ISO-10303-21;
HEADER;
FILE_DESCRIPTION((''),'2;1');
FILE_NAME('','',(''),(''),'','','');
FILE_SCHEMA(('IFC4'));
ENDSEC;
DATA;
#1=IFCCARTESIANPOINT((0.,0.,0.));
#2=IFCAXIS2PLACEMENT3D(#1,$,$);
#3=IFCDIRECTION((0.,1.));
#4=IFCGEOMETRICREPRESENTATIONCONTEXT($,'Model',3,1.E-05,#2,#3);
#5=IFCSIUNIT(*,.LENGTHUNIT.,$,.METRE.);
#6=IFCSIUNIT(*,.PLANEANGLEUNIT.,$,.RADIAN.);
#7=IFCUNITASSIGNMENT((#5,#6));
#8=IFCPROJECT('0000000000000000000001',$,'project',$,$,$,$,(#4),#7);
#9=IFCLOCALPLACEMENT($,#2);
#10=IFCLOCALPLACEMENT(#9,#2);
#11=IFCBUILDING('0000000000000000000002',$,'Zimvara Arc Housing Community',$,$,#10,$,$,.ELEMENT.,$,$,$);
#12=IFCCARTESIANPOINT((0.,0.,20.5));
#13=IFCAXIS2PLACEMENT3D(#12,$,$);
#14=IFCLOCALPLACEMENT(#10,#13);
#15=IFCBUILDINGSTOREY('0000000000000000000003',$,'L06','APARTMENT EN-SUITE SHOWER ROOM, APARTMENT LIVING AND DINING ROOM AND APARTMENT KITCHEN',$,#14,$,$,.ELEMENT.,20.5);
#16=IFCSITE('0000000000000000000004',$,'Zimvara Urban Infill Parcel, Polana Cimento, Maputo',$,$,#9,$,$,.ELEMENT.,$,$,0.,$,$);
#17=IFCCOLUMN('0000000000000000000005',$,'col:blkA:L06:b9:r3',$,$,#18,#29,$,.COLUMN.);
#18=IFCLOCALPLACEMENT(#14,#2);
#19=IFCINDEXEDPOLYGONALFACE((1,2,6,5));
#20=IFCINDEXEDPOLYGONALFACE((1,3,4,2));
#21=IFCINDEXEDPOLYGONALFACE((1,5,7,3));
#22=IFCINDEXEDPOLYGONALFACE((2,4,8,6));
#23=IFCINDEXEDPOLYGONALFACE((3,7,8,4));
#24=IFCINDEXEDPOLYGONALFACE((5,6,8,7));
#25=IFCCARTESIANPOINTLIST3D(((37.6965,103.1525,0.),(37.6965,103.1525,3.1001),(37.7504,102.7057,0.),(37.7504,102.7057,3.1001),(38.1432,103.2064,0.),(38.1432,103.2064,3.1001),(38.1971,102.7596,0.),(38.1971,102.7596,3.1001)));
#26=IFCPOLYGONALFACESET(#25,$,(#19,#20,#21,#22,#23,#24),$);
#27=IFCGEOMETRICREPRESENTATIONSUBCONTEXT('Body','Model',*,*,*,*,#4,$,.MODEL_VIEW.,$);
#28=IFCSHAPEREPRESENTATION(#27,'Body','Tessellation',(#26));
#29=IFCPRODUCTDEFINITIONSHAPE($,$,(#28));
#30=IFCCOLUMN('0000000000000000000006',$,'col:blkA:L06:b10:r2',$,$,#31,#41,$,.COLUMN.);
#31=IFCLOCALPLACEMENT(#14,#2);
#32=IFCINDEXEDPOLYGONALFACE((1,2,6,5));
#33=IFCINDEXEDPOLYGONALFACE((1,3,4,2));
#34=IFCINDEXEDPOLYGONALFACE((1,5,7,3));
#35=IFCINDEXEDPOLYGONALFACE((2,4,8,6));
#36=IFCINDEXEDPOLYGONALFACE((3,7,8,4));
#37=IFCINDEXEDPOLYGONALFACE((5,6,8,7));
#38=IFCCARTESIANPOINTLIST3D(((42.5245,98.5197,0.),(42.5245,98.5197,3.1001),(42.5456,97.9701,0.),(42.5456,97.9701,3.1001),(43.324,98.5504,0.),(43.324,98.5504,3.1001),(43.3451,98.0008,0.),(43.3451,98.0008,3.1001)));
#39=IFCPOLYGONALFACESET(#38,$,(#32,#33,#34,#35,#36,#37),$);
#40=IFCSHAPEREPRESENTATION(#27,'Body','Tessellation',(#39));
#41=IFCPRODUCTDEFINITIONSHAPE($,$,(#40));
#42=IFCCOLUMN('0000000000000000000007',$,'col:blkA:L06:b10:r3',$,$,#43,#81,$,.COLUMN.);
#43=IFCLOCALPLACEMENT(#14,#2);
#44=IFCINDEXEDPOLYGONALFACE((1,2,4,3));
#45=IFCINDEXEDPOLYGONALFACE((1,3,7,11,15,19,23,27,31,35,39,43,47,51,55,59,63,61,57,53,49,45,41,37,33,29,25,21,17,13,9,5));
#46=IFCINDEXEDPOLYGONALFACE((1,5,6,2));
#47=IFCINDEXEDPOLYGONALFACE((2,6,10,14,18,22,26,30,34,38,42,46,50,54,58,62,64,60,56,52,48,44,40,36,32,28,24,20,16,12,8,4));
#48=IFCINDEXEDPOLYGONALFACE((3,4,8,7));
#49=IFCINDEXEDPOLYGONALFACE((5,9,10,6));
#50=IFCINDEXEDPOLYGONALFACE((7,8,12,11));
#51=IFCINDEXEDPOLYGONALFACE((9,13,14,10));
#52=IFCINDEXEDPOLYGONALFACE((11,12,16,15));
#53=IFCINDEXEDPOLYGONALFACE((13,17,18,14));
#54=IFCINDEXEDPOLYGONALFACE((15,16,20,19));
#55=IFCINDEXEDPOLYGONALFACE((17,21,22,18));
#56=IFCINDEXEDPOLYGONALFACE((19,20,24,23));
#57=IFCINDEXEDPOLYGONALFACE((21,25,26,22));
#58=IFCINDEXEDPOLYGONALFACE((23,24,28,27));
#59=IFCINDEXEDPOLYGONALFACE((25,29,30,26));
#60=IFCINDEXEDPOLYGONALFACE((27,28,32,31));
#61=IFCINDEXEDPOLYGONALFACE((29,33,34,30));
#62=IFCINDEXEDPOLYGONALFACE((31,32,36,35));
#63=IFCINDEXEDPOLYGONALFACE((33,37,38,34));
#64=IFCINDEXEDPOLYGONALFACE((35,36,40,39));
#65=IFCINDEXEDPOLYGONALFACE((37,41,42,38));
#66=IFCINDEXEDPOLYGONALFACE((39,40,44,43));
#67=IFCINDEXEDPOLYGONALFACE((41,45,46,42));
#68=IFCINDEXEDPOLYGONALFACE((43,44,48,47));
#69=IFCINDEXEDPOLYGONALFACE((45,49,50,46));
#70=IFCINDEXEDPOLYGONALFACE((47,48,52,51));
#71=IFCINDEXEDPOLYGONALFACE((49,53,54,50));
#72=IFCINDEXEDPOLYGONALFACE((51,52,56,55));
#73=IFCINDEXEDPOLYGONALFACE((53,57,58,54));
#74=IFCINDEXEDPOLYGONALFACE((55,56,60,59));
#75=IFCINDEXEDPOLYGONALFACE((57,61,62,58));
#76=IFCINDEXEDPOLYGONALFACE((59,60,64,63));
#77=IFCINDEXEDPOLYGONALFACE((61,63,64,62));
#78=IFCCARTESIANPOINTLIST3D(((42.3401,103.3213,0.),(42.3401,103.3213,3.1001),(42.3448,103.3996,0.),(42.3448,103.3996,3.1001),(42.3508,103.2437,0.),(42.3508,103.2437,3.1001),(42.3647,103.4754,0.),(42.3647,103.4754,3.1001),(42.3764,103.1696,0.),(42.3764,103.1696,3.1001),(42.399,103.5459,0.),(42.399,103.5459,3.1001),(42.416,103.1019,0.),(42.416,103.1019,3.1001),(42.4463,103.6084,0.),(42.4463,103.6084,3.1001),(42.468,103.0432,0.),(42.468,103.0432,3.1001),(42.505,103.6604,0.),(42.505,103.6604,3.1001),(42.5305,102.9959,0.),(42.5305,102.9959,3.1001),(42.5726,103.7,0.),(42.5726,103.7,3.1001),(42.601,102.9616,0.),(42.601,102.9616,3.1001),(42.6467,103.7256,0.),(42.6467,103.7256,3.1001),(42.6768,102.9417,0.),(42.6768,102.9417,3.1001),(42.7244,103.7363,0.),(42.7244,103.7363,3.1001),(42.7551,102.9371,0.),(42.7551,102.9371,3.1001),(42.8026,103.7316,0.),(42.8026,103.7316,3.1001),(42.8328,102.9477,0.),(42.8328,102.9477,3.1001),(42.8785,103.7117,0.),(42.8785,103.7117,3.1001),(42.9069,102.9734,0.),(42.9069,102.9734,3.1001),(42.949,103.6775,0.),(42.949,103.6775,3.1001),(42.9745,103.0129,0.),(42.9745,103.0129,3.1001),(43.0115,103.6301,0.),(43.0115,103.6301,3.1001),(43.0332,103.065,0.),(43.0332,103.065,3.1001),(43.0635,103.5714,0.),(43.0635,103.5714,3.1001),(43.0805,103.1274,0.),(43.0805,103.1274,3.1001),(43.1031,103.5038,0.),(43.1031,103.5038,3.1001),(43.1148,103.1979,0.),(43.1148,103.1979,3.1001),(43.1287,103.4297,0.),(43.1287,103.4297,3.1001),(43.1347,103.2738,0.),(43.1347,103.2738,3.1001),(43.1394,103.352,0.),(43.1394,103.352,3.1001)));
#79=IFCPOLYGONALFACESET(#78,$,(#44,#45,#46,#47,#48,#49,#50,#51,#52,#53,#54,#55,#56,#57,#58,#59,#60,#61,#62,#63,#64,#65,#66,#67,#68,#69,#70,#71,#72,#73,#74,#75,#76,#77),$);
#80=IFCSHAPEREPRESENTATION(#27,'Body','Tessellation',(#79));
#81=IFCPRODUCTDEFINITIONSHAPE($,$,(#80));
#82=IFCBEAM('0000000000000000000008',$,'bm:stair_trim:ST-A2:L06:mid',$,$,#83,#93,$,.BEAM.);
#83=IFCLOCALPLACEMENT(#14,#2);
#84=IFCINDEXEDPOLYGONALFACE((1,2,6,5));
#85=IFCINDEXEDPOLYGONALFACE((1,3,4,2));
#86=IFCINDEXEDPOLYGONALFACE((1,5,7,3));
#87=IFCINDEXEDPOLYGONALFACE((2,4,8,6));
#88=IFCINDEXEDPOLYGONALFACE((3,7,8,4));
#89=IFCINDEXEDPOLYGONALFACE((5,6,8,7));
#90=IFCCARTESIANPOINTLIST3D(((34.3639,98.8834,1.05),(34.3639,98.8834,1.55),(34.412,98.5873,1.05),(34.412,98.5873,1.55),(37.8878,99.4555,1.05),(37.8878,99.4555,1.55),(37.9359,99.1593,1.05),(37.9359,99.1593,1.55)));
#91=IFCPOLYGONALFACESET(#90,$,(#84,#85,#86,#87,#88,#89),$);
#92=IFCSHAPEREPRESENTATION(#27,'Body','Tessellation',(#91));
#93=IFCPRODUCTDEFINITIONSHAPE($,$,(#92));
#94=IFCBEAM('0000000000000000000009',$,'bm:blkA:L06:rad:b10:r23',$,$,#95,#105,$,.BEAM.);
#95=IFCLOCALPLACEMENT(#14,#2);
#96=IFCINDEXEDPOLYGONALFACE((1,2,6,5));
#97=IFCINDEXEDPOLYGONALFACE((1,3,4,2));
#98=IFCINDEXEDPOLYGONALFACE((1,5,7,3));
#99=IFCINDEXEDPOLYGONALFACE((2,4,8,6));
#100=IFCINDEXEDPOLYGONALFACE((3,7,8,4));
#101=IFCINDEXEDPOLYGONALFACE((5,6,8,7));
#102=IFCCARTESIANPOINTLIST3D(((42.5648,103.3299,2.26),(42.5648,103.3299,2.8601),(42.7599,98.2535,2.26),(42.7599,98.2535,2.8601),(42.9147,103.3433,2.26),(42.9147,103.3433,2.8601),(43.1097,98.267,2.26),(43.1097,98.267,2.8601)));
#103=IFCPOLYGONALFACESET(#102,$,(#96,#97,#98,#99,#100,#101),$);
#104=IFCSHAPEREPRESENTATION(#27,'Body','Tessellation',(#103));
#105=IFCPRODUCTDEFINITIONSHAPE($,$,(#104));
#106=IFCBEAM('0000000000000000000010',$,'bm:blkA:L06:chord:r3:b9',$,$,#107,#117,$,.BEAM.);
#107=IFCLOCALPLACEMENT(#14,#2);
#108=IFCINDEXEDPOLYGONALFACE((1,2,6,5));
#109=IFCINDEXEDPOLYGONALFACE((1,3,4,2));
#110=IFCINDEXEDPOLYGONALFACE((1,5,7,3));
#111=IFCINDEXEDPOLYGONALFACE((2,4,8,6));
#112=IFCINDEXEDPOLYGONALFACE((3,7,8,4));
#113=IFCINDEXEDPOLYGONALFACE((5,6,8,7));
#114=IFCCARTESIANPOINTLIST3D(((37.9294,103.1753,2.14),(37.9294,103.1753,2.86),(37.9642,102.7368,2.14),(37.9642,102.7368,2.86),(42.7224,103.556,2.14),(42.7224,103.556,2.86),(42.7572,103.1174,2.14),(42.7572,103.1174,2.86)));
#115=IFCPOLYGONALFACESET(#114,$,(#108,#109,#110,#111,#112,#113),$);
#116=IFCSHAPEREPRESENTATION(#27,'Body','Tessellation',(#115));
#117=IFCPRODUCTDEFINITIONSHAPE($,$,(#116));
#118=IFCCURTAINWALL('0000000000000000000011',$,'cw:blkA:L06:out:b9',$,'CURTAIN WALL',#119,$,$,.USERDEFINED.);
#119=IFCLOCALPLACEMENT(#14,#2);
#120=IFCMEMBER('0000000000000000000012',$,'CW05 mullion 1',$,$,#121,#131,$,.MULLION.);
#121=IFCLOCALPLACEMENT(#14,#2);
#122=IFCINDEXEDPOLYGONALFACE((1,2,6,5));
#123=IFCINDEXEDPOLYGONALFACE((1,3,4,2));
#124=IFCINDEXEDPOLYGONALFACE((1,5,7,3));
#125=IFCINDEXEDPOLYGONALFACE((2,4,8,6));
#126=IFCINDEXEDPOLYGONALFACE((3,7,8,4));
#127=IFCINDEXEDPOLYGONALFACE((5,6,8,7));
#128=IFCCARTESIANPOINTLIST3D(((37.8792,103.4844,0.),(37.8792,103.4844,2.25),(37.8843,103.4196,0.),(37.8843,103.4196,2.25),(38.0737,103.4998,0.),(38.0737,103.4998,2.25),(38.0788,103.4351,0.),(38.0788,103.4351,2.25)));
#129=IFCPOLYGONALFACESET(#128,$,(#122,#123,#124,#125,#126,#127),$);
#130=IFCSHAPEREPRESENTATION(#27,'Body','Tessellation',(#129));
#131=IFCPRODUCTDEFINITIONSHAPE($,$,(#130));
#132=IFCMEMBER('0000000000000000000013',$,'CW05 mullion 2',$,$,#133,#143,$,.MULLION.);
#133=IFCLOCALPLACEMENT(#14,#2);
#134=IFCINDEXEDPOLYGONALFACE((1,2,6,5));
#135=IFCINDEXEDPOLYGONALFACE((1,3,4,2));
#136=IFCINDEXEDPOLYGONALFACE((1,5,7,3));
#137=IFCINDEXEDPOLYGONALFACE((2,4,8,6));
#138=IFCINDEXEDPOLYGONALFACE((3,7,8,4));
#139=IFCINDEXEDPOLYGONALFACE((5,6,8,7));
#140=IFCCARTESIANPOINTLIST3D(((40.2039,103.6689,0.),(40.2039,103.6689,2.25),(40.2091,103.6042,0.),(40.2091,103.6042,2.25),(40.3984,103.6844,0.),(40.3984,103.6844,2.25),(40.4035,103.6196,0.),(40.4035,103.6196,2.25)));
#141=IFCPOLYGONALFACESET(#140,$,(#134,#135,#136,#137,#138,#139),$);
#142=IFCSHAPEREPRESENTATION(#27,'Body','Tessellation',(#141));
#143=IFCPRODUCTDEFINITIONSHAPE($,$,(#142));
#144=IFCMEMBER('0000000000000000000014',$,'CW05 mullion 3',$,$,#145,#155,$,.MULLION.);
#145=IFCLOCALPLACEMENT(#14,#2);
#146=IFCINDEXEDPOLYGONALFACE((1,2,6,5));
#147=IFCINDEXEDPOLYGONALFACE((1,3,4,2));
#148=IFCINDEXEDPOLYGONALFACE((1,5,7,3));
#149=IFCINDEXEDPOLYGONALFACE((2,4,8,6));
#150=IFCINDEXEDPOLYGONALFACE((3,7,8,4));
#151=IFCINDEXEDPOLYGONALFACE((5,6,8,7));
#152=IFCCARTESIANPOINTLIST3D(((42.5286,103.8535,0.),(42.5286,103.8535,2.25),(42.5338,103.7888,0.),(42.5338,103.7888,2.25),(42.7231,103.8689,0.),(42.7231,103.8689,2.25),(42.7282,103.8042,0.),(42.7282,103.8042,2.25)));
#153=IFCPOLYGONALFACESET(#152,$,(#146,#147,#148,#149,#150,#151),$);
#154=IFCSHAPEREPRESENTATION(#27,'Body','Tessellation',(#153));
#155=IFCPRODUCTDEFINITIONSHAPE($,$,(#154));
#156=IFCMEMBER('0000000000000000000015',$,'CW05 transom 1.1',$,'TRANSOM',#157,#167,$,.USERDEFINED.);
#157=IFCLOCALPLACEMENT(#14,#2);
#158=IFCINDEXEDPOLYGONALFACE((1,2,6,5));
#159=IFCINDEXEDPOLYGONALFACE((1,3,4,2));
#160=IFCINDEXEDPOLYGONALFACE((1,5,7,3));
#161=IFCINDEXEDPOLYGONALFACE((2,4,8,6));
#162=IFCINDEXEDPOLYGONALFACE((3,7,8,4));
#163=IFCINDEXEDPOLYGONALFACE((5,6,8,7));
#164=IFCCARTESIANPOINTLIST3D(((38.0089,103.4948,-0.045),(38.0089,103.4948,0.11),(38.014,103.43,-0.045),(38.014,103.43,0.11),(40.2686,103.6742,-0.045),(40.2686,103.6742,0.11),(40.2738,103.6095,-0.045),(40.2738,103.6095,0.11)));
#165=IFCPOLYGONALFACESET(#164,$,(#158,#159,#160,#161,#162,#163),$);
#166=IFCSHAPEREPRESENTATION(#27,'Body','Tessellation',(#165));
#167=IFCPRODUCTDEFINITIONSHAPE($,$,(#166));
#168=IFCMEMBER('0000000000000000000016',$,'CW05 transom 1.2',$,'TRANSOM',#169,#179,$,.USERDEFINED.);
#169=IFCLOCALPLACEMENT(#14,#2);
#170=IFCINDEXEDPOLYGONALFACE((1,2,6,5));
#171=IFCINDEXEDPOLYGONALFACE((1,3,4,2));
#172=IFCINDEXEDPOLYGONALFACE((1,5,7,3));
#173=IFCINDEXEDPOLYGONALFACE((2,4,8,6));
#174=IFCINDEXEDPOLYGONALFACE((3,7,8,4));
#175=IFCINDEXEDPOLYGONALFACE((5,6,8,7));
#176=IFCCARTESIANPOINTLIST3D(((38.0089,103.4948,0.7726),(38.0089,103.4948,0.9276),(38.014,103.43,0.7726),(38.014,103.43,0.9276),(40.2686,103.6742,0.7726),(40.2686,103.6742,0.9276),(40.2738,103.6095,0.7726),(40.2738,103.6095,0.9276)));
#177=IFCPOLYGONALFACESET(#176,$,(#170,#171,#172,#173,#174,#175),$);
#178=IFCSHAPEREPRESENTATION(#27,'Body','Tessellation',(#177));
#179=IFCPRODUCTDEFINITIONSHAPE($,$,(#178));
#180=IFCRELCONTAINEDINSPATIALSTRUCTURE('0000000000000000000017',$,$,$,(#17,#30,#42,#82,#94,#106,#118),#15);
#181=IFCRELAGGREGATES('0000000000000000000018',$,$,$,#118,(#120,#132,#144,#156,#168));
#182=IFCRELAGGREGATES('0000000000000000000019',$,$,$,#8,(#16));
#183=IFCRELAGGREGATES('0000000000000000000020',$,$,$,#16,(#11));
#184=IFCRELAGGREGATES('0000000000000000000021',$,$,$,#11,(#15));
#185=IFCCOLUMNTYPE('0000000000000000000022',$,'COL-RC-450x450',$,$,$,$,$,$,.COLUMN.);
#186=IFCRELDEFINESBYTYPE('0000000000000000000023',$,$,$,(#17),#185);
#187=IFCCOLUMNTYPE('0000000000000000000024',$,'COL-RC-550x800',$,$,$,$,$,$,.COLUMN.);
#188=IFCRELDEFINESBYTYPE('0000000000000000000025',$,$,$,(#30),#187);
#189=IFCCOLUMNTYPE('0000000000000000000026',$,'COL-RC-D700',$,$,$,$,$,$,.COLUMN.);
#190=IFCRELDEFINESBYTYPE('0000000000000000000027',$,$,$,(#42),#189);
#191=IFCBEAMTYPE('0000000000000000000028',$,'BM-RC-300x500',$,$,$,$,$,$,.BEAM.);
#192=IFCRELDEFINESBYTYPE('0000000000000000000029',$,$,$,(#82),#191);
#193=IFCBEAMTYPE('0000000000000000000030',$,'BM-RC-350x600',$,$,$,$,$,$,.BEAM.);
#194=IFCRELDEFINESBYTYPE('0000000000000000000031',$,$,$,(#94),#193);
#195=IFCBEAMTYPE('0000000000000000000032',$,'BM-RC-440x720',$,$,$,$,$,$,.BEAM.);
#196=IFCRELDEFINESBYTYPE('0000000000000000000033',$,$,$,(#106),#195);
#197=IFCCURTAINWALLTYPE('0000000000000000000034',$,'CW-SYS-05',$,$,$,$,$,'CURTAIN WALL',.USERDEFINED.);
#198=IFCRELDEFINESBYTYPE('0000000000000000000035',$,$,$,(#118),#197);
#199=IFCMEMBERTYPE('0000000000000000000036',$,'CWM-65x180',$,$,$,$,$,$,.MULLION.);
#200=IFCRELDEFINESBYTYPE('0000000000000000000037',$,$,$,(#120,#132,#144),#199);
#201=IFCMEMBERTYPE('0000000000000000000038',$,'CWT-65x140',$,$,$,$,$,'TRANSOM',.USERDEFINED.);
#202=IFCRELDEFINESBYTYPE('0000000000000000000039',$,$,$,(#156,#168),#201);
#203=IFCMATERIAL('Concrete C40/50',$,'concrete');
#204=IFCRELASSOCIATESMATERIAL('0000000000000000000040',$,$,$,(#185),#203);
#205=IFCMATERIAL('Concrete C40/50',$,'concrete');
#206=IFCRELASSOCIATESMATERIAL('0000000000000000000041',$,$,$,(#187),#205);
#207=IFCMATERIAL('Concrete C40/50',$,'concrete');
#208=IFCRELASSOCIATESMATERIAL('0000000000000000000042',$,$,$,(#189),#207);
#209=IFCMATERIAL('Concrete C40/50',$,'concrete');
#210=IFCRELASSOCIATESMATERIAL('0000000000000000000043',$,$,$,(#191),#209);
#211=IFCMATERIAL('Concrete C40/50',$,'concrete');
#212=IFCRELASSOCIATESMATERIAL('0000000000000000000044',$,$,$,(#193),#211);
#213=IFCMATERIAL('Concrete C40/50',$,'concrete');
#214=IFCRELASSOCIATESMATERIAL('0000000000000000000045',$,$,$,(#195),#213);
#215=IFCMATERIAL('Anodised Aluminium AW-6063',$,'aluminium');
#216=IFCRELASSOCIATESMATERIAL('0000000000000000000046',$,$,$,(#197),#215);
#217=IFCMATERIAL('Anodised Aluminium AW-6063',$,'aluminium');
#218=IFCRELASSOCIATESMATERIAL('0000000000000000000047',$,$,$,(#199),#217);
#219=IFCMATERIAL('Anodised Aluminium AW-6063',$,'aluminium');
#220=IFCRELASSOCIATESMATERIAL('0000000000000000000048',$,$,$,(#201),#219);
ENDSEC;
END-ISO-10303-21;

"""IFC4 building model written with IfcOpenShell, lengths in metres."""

from ifc_helpers import new_model, si_unit, direction, frame, origin, origin_2d, place, context, subcontext, project, spatial, rectangle, circle, extrude, material, material_profile, profile_set, type_object, element, aggregate, save


model = new_model("IFC4")

# Units and contexts
model_context = context("Model", 3, precision=1e-05, world=origin(), true_north=direction((0.0, 1.0)))
body_context = subcontext(model_context, "Body", "Model", "MODEL_VIEW")
ifc_project = project(units=[si_unit("LENGTHUNIT", "METRE"), si_unit("PLANEANGLEUNIT", "RADIAN")], contexts=[model_context])

# Site, building, storey
site_placement = place(None, origin())
site = spatial("IfcSite", under=ifc_project, at=site_placement, Name="Zimvara Urban Infill Parcel, Polana Cimento, Maputo", CompositionType="ELEMENT", RefElevation=0.0)
building_placement = place(site_placement, origin())
building = spatial("IfcBuilding", under=site, at=building_placement, Name="Zimvara Arc Housing Community", CompositionType="ELEMENT")
storey_placement = place(building_placement, frame((0.0, 0.0, 20.5)))
storey = spatial("IfcBuildingStorey", under=building, at=storey_placement, Name="L06", Description="APARTMENT EN-SUITE SHOWER ROOM, APARTMENT LIVING AND DINING ROOM AND APARTMENT KITCHEN", CompositionType="ELEMENT", Elevation=20.5)

# Columns
ifc_material_1 = material(Name="Concrete C40/50", Category="concrete")
ifc_material_profile_1 = material_profile(ifc_material_1, rectangle(XDim=0.45, YDim=0.45, at=origin_2d()), Name="RC 450x450")
ifc_profile_set_1 = profile_set([ifc_material_profile_1], Name="Concrete C40/50")
column_type_1 = type_object("IfcColumnType", Name="COL-RC-450x450", PredefinedType="COLUMN", material=ifc_profile_set_1)
column_1_placement = place(storey_placement, frame((37.9468, 102.9561, 0.0), z_axis=(0.0, 0.0, 1.0), x_axis=(-0.11979, 0.992799, 0.0)))
element("IfcColumn", 1, at=column_1_placement, inside=storey, type_object=column_type_1, Name="col:blkA:L06:b9:r3", PredefinedType="COLUMN", context=body_context, shape_type="SweptSolid", body=[
    extrude(rectangle(XDim=0.45, YDim=0.45, at=origin_2d()), origin(), (0.0, 0.0, 1.0), 3.1001),
])
ifc_material_2 = material(Name="Concrete C40/50", Category="concrete")
ifc_material_profile_2 = material_profile(ifc_material_2, rectangle(XDim=0.55, YDim=0.8, at=origin_2d()), Name="RC 550x800")
ifc_profile_set_2 = profile_set([ifc_material_profile_2], Name="Concrete C40/50")
column_type_2 = type_object("IfcColumnType", Name="COL-RC-550x800", PredefinedType="COLUMN", material=ifc_profile_set_2)
column_2_placement = place(storey_placement, frame((42.9348, 98.2603, 0.0), z_axis=(0.0, 0.0, 1.0), x_axis=(-0.038388, 0.999263, 0.0)))
element("IfcColumn", 2, at=column_2_placement, inside=storey, type_object=column_type_2, Name="col:blkA:L06:b10:r2", PredefinedType="COLUMN", context=body_context, shape_type="SweptSolid", body=[
    extrude(rectangle(XDim=0.55, YDim=0.8, at=origin_2d()), origin(), (0.0, 0.0, 1.0), 3.1001),
])
ifc_material_3 = material(Name="Concrete C40/50", Category="concrete")
ifc_material_profile_3 = material_profile(ifc_material_3, circle(Radius=0.3999, at=origin_2d()), Name="RC D800")
ifc_profile_set_3 = profile_set([ifc_material_profile_3], Name="Concrete C40/50")
column_type_3 = type_object("IfcColumnType", Name="COL-RC-D700", PredefinedType="COLUMN", material=ifc_profile_set_3)
column_3_placement = place(storey_placement, frame((42.7397, 103.3367, 0.0), z_axis=(0.0, 0.0, 1.0), x_axis=(-0.038388, 0.999263, 0.0)))
element("IfcColumn", 3, at=column_3_placement, inside=storey, type_object=column_type_3, Name="col:blkA:L06:b10:r3", PredefinedType="COLUMN", context=body_context, shape_type="SweptSolid", body=[
    extrude(circle(Radius=0.3999, at=origin_2d()), origin(), (0.0, 0.0, 1.0), 3.1001),
])

# Beams
ifc_material_4 = material(Name="Concrete C40/50", Category="concrete")
ifc_material_profile_4 = material_profile(ifc_material_4, rectangle(XDim=0.3, YDim=0.5, at=origin_2d()), Name="RC 300x500")
ifc_profile_set_4 = profile_set([ifc_material_profile_4], Name="Concrete C40/50")
beam_type_1 = type_object("IfcBeamType", Name="BM-RC-300x500", PredefinedType="BEAM", material=ifc_profile_set_4)
beam_1_placement = place(storey_placement, frame((37.9119, 99.3074, 1.3), z_axis=(-0.98708, -0.160228, 0.0), x_axis=(0.160228, -0.98708, 0.0)))
element("IfcBeam", 4, at=beam_1_placement, inside=storey, type_object=beam_type_1, Name="bm:stair_trim:ST-A2:L06:mid", PredefinedType="BEAM", context=body_context, shape_type="SweptSolid", body=[
    extrude(rectangle(XDim=0.3, YDim=0.5, at=origin_2d()), origin(), (0.0, 0.0, 1.0), 3.5701),
])
ifc_material_5 = material(Name="Concrete C40/50", Category="concrete")
ifc_material_profile_5 = material_profile(ifc_material_5, rectangle(XDim=0.3501, YDim=0.6001, at=origin_2d()), Name="RC 350x600")
ifc_profile_set_5 = profile_set([ifc_material_profile_5], Name="Concrete C40/50")
beam_type_2 = type_object("IfcBeamType", Name="BM-RC-350x600", PredefinedType="BEAM", material=ifc_profile_set_5)
beam_2_placement = place(storey_placement, frame((42.9348, 98.2603, 2.5601), z_axis=(-0.038398, 0.999263, 0.0), x_axis=(-0.999263, -0.038398, 0.0)))
element("IfcBeam", 5, at=beam_2_placement, inside=storey, type_object=beam_type_2, Name="bm:blkA:L06:rad:b10:r23", PredefinedType="BEAM", context=body_context, shape_type="SweptSolid", body=[
    extrude(rectangle(XDim=0.3501, YDim=0.6001, at=origin_2d()), origin(), (0.0, 0.0, 1.0), 5.0801),
])
ifc_material_6 = material(Name="Concrete C40/50", Category="concrete")
ifc_material_profile_6 = material_profile(ifc_material_6, rectangle(XDim=0.4399, YDim=0.72, at=origin_2d()), Name="RC 440x720")
ifc_profile_set_6 = profile_set([ifc_material_profile_6], Name="Concrete C40/50")
beam_type_3 = type_object("IfcBeamType", Name="BM-RC-440x720", PredefinedType="BEAM", material=ifc_profile_set_6)
beam_3_placement = place(storey_placement, frame((37.9468, 102.9561, 2.5), z_axis=(0.996862, 0.079162, 0.0), x_axis=(-0.079162, 0.996862, 0.0)))
element("IfcBeam", 6, at=beam_3_placement, inside=storey, type_object=beam_type_3, Name="bm:blkA:L06:chord:r3:b9", PredefinedType="BEAM", context=body_context, shape_type="SweptSolid", body=[
    extrude(rectangle(XDim=0.4399, YDim=0.72, at=origin_2d()), origin(), (0.0, 0.0, 1.0), 4.8081),
])

# Curtain wall, members
ifc_material_7 = material(Name="Anodised Aluminium AW-6063", Category="aluminium")
curtain_wall_type = type_object("IfcCurtainWallType", Name="CW-SYS-05", ElementType="CURTAIN WALL", PredefinedType="USERDEFINED", material=ifc_material_7)
curtain_wall_placement = place(storey_placement, origin())
curtain_wall = element("IfcCurtainWall", 7, at=curtain_wall_placement, inside=storey, type_object=curtain_wall_type, Name="cw:blkA:L06:out:b9", ObjectType="CURTAIN WALL", PredefinedType="USERDEFINED")
ifc_material_8 = material(Name="Anodised Aluminium AW-6063", Category="aluminium")
ifc_material_profile_7 = material_profile(ifc_material_8, rectangle(XDim=0.0649, YDim=0.1951, at=origin_2d()), Name="ALU 65x195")
ifc_profile_set_7 = profile_set([ifc_material_profile_7], Name="Anodised Aluminium AW-6063")
member_type_1 = type_object("IfcMemberType", Name="CWM-65x180", PredefinedType="MULLION", material=ifc_profile_set_7)
member_1_placement = place(storey_placement, frame((37.979, 103.4597, 0.0), z_axis=(0.0, 0.0, 1.0), x_axis=(-0.079154, 0.996862, 0.0)))
member_1 = element("IfcMember", 8, at=member_1_placement, type_object=member_type_1, Name="CW05 mullion 1", PredefinedType="MULLION", context=body_context, shape_type="SweptSolid", body=[
    extrude(rectangle(XDim=0.0649, YDim=0.1951, at=origin_2d()), origin(), (0.0, 0.0, 1.0), 2.25),
])
member_2_placement = place(storey_placement, frame((40.3037, 103.6443, 0.0), z_axis=(0.0, 0.0, 1.0), x_axis=(-0.079154, 0.996862, 0.0)))
member_2 = element("IfcMember", 9, at=member_2_placement, type_object=member_type_1, Name="CW05 mullion 2", PredefinedType="MULLION", context=body_context, shape_type="SweptSolid", body=[
    extrude(rectangle(XDim=0.0649, YDim=0.1951, at=origin_2d()), origin(), (0.0, 0.0, 1.0), 2.25),
])
member_3_placement = place(storey_placement, frame((42.6284, 103.8289, 0.0), z_axis=(0.0, 0.0, 1.0), x_axis=(-0.079154, 0.996862, 0.0)))
member_3 = element("IfcMember", 10, at=member_3_placement, type_object=member_type_1, Name="CW05 mullion 3", PredefinedType="MULLION", context=body_context, shape_type="SweptSolid", body=[
    extrude(rectangle(XDim=0.0649, YDim=0.1951, at=origin_2d()), origin(), (0.0, 0.0, 1.0), 2.25),
])
ifc_material_9 = material(Name="Anodised Aluminium AW-6063", Category="aluminium")
ifc_material_profile_8 = material_profile(ifc_material_9, rectangle(XDim=0.0649, YDim=0.155, at=origin_2d()), Name="ALU 65x155")
ifc_profile_set_8 = profile_set([ifc_material_profile_8], Name="Anodised Aluminium AW-6063")
member_type_2 = type_object("IfcMemberType", Name="CWT-65x140", ElementType="TRANSOM", PredefinedType="USERDEFINED", material=ifc_profile_set_8)
member_4_placement = place(storey_placement, frame((38.0115, 103.4624, 0.0325), z_axis=(0.996862, 0.079159, 0.0), x_axis=(-0.079159, 0.996862, 0.0)))
member_4 = element("IfcMember", 11, at=member_4_placement, type_object=member_type_2, Name="CW05 transom 1.1", ObjectType="TRANSOM", PredefinedType="USERDEFINED", context=body_context, shape_type="SweptSolid", body=[
    extrude(rectangle(XDim=0.0649, YDim=0.155, at=origin_2d()), origin(), (0.0, 0.0, 1.0), 2.2668),
])
member_5_placement = place(storey_placement, frame((38.0115, 103.4624, 0.8501), z_axis=(0.996862, 0.079159, 0.0), x_axis=(-0.079159, 0.996862, 0.0)))
member_5 = element("IfcMember", 12, at=member_5_placement, type_object=member_type_2, Name="CW05 transom 1.2", ObjectType="TRANSOM", PredefinedType="USERDEFINED", context=body_context, shape_type="SweptSolid", body=[
    extrude(rectangle(XDim=0.0649, YDim=0.155, at=origin_2d()), origin(), (0.0, 0.0, 1.0), 2.2668),
])
aggregate(curtain_wall, [member_1, member_2, member_3, member_4, member_5])

save(model, "model.ifc")
